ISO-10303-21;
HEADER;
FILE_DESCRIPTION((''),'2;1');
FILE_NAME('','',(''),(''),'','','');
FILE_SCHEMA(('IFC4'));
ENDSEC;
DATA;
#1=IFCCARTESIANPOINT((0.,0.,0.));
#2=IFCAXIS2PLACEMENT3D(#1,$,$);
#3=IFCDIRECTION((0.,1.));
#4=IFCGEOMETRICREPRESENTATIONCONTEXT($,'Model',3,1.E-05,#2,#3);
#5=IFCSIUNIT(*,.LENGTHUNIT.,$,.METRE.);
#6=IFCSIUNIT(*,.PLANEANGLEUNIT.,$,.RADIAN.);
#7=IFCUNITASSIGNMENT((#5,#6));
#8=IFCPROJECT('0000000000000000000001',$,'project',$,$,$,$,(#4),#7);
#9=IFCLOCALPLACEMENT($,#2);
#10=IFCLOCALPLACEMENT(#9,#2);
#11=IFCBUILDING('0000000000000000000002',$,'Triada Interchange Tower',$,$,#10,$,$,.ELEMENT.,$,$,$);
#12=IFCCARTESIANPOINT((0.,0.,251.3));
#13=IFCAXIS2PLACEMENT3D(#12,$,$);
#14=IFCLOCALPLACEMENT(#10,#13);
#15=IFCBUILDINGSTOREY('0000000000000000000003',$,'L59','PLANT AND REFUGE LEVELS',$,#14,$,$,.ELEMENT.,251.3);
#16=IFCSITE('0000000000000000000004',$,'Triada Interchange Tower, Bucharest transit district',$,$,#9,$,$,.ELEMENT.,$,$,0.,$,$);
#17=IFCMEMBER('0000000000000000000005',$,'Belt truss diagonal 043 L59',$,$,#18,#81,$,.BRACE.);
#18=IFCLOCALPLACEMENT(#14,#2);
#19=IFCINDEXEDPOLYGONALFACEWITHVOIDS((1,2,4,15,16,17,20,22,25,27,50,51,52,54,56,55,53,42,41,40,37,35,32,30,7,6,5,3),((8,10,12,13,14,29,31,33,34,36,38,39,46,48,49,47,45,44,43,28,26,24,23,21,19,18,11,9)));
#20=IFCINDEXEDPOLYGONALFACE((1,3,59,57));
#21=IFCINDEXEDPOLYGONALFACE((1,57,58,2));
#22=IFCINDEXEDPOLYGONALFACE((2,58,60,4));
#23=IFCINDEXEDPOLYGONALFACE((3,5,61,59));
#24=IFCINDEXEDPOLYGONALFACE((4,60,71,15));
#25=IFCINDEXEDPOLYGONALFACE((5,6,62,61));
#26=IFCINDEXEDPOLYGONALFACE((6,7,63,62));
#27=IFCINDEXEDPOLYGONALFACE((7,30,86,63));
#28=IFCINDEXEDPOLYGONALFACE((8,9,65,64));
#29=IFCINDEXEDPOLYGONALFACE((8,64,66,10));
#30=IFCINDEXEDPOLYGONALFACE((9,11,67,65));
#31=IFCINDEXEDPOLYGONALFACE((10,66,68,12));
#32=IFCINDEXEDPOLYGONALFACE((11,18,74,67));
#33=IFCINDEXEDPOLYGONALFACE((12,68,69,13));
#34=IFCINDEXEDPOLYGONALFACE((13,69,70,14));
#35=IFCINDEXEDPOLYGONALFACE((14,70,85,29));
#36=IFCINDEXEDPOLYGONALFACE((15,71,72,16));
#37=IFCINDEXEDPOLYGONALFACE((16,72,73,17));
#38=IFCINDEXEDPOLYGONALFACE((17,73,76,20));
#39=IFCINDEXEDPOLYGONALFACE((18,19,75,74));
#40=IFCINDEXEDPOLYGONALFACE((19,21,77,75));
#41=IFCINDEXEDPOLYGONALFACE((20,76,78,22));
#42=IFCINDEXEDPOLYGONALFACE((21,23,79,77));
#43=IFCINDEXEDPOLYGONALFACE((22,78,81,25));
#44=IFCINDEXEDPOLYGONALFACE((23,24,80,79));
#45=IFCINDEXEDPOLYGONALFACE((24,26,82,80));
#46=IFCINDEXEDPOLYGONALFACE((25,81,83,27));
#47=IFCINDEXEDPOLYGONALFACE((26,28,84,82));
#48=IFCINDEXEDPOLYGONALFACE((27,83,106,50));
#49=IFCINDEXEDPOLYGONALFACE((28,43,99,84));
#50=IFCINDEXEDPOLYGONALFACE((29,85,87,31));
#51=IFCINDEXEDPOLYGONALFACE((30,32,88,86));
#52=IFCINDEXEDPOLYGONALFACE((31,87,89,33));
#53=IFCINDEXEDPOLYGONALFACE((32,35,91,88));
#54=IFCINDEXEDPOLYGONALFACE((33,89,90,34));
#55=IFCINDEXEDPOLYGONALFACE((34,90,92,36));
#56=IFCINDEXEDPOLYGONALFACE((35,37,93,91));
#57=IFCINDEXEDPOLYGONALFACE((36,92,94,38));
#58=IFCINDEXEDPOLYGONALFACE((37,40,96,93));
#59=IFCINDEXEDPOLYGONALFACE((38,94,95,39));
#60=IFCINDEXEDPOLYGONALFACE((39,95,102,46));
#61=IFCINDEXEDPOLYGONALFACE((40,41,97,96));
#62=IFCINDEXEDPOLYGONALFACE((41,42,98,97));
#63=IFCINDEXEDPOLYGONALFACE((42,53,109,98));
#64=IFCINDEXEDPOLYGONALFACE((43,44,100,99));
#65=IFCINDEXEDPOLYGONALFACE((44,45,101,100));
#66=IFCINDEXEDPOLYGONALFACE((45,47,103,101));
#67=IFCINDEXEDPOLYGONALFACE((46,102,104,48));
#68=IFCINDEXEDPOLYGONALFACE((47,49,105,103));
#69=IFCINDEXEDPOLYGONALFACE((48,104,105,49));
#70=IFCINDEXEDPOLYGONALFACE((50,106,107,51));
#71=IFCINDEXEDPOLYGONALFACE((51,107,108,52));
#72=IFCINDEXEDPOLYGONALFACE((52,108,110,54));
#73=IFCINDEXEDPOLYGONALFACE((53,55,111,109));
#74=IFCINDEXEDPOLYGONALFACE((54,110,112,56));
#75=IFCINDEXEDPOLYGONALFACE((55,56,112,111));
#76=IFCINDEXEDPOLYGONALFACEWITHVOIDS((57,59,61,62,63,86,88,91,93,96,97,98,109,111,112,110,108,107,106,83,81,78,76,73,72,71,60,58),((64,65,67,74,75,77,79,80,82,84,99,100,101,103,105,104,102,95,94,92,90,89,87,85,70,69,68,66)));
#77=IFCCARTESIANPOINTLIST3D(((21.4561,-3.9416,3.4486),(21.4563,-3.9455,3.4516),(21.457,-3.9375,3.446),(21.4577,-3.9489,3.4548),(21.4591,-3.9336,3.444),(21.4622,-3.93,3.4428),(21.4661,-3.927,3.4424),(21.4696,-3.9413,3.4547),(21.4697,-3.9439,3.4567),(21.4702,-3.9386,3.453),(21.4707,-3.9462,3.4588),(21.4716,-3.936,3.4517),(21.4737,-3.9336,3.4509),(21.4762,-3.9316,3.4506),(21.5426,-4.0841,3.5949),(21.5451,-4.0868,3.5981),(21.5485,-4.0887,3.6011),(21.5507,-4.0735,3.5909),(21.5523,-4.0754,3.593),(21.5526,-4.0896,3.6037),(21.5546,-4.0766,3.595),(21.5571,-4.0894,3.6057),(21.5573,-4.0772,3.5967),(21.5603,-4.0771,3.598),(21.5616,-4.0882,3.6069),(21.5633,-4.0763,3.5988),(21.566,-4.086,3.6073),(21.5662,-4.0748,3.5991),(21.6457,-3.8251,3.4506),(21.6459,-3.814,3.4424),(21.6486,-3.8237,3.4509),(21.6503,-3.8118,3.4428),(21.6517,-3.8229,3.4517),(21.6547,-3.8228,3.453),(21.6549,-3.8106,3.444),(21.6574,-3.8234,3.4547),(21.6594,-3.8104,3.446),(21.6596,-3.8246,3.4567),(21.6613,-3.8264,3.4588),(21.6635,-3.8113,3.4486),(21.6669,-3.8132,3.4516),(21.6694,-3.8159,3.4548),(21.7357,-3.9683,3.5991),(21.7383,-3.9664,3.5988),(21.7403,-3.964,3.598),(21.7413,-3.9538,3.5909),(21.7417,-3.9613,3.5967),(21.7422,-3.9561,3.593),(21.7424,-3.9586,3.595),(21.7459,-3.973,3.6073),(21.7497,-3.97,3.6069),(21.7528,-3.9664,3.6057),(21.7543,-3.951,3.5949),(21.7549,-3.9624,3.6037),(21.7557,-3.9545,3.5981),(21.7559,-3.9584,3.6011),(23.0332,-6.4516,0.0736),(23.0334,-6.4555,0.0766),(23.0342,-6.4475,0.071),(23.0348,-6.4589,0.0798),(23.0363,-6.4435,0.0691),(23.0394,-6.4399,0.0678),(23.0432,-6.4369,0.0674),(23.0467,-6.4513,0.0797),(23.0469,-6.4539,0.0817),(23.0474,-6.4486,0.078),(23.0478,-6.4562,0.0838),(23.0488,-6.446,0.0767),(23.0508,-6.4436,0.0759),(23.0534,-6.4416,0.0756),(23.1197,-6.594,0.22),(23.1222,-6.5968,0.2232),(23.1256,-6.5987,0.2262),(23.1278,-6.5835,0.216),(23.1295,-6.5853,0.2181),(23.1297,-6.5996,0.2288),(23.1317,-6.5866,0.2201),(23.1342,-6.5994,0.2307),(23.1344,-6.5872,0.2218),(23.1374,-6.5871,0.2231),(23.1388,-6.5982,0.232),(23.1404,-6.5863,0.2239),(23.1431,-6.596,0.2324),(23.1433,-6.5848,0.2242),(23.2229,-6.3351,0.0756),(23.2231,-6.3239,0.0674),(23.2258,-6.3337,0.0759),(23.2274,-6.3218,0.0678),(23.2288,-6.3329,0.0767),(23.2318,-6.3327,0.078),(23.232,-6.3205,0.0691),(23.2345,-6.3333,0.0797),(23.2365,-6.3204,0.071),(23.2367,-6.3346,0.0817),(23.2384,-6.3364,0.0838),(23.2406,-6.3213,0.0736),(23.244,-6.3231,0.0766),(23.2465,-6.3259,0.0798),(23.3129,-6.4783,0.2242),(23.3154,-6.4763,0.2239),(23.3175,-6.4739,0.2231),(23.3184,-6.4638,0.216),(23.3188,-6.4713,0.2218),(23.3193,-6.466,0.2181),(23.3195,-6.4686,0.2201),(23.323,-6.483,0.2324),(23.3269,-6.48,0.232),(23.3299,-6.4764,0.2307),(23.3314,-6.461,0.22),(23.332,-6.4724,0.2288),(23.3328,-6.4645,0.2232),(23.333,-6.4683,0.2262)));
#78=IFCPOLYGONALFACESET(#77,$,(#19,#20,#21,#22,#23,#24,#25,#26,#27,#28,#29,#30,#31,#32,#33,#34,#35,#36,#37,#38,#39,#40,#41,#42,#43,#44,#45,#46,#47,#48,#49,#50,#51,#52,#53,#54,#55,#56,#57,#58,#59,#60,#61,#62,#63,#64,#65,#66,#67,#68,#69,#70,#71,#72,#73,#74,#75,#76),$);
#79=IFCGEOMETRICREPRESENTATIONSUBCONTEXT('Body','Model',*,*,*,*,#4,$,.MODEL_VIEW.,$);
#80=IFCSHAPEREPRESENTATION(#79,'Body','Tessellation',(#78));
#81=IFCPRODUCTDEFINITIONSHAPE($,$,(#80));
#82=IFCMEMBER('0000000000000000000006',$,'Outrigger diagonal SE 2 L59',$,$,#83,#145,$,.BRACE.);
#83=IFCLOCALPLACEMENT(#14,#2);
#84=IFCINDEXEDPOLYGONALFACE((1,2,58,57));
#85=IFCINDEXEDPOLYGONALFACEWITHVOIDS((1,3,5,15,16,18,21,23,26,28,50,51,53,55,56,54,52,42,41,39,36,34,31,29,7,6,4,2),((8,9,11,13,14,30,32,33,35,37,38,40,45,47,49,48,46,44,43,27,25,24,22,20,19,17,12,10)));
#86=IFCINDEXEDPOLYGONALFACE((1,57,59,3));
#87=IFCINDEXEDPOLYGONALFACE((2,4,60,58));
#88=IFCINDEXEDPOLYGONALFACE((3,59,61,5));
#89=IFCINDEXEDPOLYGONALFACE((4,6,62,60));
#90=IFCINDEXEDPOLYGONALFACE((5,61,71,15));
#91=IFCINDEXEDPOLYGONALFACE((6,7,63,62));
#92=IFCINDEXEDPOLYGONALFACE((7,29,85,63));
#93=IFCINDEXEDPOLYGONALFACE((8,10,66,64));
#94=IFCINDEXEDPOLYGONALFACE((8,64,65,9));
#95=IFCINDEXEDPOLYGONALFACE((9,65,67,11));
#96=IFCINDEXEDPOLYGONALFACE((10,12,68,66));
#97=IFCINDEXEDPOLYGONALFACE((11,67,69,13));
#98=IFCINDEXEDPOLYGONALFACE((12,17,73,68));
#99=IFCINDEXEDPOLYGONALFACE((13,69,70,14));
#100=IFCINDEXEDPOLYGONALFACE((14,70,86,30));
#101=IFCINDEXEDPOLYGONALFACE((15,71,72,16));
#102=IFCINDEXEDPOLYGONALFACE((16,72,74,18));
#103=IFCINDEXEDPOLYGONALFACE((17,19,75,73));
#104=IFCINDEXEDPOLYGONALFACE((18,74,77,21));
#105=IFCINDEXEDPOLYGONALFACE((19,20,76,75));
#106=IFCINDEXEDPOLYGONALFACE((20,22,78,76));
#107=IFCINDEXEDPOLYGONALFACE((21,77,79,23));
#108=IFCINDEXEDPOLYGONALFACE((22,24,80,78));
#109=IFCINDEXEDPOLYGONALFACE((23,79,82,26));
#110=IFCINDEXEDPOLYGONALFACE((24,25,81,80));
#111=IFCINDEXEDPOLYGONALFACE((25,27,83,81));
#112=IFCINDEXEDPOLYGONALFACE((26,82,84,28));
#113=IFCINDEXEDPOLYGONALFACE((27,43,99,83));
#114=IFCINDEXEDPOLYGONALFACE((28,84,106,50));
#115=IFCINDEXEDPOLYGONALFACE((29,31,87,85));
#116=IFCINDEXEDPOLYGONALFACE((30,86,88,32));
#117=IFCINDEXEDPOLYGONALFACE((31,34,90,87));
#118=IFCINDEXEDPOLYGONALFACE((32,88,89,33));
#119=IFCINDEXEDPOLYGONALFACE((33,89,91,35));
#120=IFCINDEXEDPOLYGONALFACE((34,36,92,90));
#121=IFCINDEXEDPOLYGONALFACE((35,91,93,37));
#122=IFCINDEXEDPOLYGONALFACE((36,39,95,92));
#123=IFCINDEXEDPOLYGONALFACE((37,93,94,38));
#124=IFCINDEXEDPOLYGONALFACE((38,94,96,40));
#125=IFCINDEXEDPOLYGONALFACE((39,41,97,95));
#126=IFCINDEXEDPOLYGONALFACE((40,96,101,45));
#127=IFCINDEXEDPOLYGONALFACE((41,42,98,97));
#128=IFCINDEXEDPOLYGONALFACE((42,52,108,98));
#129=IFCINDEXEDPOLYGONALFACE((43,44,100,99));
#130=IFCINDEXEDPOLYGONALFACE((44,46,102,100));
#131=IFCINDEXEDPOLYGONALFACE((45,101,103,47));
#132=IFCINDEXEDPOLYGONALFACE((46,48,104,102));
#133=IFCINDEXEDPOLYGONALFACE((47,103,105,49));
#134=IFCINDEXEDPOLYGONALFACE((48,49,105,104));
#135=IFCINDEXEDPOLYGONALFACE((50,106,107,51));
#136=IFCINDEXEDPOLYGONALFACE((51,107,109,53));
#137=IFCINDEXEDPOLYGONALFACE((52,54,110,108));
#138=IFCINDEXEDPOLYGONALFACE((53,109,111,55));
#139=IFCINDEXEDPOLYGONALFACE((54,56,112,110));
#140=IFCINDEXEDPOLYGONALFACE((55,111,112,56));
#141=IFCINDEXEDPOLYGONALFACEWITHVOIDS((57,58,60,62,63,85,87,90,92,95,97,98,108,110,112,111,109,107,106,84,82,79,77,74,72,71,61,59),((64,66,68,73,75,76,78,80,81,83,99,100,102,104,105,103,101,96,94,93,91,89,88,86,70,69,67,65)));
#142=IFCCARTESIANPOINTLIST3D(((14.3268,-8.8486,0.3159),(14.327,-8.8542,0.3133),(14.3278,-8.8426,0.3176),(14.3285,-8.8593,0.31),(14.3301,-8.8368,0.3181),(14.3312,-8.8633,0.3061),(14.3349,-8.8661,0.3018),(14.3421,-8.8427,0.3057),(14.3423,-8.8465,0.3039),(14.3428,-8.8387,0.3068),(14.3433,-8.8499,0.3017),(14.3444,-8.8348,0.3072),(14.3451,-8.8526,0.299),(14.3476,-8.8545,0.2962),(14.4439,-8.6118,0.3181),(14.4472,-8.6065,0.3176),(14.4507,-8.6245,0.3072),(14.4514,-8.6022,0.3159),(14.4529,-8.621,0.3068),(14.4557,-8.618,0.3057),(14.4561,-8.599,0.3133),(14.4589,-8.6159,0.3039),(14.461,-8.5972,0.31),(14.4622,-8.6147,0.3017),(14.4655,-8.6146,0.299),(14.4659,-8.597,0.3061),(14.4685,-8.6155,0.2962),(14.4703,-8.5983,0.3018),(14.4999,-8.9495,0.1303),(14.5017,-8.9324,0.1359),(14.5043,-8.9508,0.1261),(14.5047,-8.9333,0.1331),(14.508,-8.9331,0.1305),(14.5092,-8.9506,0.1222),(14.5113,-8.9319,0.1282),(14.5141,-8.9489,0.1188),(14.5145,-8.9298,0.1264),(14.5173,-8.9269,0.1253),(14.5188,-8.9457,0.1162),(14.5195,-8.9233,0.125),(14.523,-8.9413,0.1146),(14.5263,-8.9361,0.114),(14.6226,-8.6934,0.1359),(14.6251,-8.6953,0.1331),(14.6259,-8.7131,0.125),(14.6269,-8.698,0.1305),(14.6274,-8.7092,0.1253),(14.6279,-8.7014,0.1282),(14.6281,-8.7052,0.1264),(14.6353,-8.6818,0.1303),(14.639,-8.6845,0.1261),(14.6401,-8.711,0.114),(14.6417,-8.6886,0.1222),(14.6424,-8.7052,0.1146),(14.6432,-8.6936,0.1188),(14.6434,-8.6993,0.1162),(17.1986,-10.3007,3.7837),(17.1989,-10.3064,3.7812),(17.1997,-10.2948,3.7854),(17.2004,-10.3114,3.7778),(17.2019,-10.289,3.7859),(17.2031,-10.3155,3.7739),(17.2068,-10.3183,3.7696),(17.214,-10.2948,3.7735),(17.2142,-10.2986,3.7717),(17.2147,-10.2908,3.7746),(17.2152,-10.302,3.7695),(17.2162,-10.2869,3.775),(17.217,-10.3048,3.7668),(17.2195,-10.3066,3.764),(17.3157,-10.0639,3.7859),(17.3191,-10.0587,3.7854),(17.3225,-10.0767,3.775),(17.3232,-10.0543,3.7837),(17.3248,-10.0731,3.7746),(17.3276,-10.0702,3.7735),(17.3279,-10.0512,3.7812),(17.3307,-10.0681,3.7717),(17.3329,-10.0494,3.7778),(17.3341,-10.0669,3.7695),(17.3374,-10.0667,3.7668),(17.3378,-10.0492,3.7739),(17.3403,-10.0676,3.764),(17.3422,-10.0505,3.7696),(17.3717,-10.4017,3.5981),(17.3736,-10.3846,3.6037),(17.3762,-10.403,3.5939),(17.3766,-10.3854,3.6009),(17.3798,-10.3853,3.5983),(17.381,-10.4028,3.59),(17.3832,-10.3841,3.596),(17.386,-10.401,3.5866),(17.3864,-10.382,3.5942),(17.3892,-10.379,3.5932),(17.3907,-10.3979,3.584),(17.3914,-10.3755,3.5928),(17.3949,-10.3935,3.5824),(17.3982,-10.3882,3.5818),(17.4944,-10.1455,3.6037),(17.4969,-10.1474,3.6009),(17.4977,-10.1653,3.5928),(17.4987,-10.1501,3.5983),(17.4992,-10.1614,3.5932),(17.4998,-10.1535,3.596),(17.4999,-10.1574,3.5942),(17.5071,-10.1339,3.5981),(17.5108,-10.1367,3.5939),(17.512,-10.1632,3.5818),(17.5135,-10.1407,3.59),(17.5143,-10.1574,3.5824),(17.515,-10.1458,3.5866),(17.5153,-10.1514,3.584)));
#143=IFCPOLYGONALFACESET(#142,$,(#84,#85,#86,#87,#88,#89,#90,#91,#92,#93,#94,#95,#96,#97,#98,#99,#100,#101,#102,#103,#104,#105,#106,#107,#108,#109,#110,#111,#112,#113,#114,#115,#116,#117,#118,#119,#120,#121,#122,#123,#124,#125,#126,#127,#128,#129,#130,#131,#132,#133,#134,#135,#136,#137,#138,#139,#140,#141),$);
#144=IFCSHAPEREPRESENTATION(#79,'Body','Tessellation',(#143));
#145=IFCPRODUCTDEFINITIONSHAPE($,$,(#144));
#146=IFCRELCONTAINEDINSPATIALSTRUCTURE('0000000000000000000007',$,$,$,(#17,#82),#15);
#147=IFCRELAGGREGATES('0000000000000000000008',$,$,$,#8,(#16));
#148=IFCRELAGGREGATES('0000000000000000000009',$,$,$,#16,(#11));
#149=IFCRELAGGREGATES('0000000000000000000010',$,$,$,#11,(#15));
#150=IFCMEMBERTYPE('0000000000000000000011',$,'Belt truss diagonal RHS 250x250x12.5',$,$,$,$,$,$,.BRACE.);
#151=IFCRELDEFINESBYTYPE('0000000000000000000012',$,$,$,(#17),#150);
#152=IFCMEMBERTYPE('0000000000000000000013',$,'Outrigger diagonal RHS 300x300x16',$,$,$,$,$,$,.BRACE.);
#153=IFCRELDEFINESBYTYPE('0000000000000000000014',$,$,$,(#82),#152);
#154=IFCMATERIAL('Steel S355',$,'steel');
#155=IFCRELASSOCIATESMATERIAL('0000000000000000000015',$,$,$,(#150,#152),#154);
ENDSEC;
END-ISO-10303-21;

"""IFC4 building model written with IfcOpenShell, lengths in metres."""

from ifc_helpers import new_model, si_unit, direction, frame, origin, origin_2d, place, context, subcontext, project, spatial, hollow_rectangle, extrude, material, material_profile, profile_set, type_object, element, save


model = new_model("IFC4")

# Units and contexts
model_context = context("Model", 3, precision=1e-05, world=origin(), true_north=direction((0.0, 1.0)))
body_context = subcontext(model_context, "Body", "Model", "MODEL_VIEW")
ifc_project = project(units=[si_unit("LENGTHUNIT", "METRE"), si_unit("PLANEANGLEUNIT", "RADIAN")], contexts=[model_context])

# Site, building, storey
site_placement = place(None, origin())
site = spatial("IfcSite", under=ifc_project, at=site_placement, Name="Triada Interchange Tower, Bucharest transit district", CompositionType="ELEMENT", RefElevation=0.0)
building_placement = place(site_placement, origin())
building = spatial("IfcBuilding", under=site, at=building_placement, Name="Triada Interchange Tower", CompositionType="ELEMENT")
storey_placement = place(building_placement, frame((0.0, 0.0, 251.3)))
storey = spatial("IfcBuildingStorey", under=building, at=storey_placement, Name="L59", Description="PLANT AND REFUGE LEVELS", CompositionType="ELEMENT", Elevation=251.3)

# Members
ifc_material_1 = material(Name="Steel S355", Category="steel")
ifc_material_profile_1 = material_profile(ifc_material_1, hollow_rectangle(XDim=0.25, YDim=0.25, WallThickness=0.0125, InnerFilletRadius=0.0125, OuterFilletRadius=0.0188, at=origin_2d()), Name="RHS 250x250x12.5")
ifc_profile_set_1 = profile_set([ifc_material_profile_1], Name="Steel S355")
member_type_1 = type_object("IfcMemberType", Name="Belt truss diagonal RHS 250x250x12.5", PredefinedType="BRACE", material=ifc_profile_set_1)
member_1_placement = place(storey_placement, frame((23.1831, -6.46, 0.1499), z_axis=(-0.351101, 0.558772, 0.751334), x_axis=(-0.846723, -0.532033, 0.0)))
element("IfcMember", 1, at=member_1_placement, inside=storey, type_object=member_type_1, Name="Belt truss diagonal 043 L59", PredefinedType="BRACE", context=body_context, shape_type="SweptSolid", body=[
    extrude(hollow_rectangle(XDim=0.25, YDim=0.25, WallThickness=0.0125, InnerFilletRadius=0.0125, OuterFilletRadius=0.0188, at=origin_2d()), origin(), (0.0, 0.0, 1.0), 4.4919),
])
ifc_material_profile_2 = material_profile(ifc_material_1, hollow_rectangle(XDim=0.3, YDim=0.3, WallThickness=0.0161, InnerFilletRadius=0.0161, OuterFilletRadius=0.0239, at=origin_2d()), Name="RHS 300x300x16")
ifc_profile_set_2 = profile_set([ifc_material_profile_2], Name="Steel S355")
member_type_2 = type_object("IfcMemberType", Name="Outrigger diagonal RHS 300x300x16", PredefinedType="BRACE", material=ifc_profile_set_2)
member_2_placement = place(storey_placement, frame((14.4851, -8.7739, 0.2161), z_axis=(0.607034, -0.306949, 0.733002), x_axis=(0.451245, 0.8924, 0.0)))
element("IfcMember", 2, at=member_2_placement, inside=storey, type_object=member_type_2, Name="Outrigger diagonal SE 2 L59", PredefinedType="BRACE", context=body_context, shape_type="SweptSolid", body=[
    extrude(hollow_rectangle(XDim=0.3, YDim=0.3, WallThickness=0.0161, InnerFilletRadius=0.0161, OuterFilletRadius=0.0239, at=origin_2d()), origin(), (0.0, 0.0, 1.0), 4.731),
])

save(model, "model.ifc")
